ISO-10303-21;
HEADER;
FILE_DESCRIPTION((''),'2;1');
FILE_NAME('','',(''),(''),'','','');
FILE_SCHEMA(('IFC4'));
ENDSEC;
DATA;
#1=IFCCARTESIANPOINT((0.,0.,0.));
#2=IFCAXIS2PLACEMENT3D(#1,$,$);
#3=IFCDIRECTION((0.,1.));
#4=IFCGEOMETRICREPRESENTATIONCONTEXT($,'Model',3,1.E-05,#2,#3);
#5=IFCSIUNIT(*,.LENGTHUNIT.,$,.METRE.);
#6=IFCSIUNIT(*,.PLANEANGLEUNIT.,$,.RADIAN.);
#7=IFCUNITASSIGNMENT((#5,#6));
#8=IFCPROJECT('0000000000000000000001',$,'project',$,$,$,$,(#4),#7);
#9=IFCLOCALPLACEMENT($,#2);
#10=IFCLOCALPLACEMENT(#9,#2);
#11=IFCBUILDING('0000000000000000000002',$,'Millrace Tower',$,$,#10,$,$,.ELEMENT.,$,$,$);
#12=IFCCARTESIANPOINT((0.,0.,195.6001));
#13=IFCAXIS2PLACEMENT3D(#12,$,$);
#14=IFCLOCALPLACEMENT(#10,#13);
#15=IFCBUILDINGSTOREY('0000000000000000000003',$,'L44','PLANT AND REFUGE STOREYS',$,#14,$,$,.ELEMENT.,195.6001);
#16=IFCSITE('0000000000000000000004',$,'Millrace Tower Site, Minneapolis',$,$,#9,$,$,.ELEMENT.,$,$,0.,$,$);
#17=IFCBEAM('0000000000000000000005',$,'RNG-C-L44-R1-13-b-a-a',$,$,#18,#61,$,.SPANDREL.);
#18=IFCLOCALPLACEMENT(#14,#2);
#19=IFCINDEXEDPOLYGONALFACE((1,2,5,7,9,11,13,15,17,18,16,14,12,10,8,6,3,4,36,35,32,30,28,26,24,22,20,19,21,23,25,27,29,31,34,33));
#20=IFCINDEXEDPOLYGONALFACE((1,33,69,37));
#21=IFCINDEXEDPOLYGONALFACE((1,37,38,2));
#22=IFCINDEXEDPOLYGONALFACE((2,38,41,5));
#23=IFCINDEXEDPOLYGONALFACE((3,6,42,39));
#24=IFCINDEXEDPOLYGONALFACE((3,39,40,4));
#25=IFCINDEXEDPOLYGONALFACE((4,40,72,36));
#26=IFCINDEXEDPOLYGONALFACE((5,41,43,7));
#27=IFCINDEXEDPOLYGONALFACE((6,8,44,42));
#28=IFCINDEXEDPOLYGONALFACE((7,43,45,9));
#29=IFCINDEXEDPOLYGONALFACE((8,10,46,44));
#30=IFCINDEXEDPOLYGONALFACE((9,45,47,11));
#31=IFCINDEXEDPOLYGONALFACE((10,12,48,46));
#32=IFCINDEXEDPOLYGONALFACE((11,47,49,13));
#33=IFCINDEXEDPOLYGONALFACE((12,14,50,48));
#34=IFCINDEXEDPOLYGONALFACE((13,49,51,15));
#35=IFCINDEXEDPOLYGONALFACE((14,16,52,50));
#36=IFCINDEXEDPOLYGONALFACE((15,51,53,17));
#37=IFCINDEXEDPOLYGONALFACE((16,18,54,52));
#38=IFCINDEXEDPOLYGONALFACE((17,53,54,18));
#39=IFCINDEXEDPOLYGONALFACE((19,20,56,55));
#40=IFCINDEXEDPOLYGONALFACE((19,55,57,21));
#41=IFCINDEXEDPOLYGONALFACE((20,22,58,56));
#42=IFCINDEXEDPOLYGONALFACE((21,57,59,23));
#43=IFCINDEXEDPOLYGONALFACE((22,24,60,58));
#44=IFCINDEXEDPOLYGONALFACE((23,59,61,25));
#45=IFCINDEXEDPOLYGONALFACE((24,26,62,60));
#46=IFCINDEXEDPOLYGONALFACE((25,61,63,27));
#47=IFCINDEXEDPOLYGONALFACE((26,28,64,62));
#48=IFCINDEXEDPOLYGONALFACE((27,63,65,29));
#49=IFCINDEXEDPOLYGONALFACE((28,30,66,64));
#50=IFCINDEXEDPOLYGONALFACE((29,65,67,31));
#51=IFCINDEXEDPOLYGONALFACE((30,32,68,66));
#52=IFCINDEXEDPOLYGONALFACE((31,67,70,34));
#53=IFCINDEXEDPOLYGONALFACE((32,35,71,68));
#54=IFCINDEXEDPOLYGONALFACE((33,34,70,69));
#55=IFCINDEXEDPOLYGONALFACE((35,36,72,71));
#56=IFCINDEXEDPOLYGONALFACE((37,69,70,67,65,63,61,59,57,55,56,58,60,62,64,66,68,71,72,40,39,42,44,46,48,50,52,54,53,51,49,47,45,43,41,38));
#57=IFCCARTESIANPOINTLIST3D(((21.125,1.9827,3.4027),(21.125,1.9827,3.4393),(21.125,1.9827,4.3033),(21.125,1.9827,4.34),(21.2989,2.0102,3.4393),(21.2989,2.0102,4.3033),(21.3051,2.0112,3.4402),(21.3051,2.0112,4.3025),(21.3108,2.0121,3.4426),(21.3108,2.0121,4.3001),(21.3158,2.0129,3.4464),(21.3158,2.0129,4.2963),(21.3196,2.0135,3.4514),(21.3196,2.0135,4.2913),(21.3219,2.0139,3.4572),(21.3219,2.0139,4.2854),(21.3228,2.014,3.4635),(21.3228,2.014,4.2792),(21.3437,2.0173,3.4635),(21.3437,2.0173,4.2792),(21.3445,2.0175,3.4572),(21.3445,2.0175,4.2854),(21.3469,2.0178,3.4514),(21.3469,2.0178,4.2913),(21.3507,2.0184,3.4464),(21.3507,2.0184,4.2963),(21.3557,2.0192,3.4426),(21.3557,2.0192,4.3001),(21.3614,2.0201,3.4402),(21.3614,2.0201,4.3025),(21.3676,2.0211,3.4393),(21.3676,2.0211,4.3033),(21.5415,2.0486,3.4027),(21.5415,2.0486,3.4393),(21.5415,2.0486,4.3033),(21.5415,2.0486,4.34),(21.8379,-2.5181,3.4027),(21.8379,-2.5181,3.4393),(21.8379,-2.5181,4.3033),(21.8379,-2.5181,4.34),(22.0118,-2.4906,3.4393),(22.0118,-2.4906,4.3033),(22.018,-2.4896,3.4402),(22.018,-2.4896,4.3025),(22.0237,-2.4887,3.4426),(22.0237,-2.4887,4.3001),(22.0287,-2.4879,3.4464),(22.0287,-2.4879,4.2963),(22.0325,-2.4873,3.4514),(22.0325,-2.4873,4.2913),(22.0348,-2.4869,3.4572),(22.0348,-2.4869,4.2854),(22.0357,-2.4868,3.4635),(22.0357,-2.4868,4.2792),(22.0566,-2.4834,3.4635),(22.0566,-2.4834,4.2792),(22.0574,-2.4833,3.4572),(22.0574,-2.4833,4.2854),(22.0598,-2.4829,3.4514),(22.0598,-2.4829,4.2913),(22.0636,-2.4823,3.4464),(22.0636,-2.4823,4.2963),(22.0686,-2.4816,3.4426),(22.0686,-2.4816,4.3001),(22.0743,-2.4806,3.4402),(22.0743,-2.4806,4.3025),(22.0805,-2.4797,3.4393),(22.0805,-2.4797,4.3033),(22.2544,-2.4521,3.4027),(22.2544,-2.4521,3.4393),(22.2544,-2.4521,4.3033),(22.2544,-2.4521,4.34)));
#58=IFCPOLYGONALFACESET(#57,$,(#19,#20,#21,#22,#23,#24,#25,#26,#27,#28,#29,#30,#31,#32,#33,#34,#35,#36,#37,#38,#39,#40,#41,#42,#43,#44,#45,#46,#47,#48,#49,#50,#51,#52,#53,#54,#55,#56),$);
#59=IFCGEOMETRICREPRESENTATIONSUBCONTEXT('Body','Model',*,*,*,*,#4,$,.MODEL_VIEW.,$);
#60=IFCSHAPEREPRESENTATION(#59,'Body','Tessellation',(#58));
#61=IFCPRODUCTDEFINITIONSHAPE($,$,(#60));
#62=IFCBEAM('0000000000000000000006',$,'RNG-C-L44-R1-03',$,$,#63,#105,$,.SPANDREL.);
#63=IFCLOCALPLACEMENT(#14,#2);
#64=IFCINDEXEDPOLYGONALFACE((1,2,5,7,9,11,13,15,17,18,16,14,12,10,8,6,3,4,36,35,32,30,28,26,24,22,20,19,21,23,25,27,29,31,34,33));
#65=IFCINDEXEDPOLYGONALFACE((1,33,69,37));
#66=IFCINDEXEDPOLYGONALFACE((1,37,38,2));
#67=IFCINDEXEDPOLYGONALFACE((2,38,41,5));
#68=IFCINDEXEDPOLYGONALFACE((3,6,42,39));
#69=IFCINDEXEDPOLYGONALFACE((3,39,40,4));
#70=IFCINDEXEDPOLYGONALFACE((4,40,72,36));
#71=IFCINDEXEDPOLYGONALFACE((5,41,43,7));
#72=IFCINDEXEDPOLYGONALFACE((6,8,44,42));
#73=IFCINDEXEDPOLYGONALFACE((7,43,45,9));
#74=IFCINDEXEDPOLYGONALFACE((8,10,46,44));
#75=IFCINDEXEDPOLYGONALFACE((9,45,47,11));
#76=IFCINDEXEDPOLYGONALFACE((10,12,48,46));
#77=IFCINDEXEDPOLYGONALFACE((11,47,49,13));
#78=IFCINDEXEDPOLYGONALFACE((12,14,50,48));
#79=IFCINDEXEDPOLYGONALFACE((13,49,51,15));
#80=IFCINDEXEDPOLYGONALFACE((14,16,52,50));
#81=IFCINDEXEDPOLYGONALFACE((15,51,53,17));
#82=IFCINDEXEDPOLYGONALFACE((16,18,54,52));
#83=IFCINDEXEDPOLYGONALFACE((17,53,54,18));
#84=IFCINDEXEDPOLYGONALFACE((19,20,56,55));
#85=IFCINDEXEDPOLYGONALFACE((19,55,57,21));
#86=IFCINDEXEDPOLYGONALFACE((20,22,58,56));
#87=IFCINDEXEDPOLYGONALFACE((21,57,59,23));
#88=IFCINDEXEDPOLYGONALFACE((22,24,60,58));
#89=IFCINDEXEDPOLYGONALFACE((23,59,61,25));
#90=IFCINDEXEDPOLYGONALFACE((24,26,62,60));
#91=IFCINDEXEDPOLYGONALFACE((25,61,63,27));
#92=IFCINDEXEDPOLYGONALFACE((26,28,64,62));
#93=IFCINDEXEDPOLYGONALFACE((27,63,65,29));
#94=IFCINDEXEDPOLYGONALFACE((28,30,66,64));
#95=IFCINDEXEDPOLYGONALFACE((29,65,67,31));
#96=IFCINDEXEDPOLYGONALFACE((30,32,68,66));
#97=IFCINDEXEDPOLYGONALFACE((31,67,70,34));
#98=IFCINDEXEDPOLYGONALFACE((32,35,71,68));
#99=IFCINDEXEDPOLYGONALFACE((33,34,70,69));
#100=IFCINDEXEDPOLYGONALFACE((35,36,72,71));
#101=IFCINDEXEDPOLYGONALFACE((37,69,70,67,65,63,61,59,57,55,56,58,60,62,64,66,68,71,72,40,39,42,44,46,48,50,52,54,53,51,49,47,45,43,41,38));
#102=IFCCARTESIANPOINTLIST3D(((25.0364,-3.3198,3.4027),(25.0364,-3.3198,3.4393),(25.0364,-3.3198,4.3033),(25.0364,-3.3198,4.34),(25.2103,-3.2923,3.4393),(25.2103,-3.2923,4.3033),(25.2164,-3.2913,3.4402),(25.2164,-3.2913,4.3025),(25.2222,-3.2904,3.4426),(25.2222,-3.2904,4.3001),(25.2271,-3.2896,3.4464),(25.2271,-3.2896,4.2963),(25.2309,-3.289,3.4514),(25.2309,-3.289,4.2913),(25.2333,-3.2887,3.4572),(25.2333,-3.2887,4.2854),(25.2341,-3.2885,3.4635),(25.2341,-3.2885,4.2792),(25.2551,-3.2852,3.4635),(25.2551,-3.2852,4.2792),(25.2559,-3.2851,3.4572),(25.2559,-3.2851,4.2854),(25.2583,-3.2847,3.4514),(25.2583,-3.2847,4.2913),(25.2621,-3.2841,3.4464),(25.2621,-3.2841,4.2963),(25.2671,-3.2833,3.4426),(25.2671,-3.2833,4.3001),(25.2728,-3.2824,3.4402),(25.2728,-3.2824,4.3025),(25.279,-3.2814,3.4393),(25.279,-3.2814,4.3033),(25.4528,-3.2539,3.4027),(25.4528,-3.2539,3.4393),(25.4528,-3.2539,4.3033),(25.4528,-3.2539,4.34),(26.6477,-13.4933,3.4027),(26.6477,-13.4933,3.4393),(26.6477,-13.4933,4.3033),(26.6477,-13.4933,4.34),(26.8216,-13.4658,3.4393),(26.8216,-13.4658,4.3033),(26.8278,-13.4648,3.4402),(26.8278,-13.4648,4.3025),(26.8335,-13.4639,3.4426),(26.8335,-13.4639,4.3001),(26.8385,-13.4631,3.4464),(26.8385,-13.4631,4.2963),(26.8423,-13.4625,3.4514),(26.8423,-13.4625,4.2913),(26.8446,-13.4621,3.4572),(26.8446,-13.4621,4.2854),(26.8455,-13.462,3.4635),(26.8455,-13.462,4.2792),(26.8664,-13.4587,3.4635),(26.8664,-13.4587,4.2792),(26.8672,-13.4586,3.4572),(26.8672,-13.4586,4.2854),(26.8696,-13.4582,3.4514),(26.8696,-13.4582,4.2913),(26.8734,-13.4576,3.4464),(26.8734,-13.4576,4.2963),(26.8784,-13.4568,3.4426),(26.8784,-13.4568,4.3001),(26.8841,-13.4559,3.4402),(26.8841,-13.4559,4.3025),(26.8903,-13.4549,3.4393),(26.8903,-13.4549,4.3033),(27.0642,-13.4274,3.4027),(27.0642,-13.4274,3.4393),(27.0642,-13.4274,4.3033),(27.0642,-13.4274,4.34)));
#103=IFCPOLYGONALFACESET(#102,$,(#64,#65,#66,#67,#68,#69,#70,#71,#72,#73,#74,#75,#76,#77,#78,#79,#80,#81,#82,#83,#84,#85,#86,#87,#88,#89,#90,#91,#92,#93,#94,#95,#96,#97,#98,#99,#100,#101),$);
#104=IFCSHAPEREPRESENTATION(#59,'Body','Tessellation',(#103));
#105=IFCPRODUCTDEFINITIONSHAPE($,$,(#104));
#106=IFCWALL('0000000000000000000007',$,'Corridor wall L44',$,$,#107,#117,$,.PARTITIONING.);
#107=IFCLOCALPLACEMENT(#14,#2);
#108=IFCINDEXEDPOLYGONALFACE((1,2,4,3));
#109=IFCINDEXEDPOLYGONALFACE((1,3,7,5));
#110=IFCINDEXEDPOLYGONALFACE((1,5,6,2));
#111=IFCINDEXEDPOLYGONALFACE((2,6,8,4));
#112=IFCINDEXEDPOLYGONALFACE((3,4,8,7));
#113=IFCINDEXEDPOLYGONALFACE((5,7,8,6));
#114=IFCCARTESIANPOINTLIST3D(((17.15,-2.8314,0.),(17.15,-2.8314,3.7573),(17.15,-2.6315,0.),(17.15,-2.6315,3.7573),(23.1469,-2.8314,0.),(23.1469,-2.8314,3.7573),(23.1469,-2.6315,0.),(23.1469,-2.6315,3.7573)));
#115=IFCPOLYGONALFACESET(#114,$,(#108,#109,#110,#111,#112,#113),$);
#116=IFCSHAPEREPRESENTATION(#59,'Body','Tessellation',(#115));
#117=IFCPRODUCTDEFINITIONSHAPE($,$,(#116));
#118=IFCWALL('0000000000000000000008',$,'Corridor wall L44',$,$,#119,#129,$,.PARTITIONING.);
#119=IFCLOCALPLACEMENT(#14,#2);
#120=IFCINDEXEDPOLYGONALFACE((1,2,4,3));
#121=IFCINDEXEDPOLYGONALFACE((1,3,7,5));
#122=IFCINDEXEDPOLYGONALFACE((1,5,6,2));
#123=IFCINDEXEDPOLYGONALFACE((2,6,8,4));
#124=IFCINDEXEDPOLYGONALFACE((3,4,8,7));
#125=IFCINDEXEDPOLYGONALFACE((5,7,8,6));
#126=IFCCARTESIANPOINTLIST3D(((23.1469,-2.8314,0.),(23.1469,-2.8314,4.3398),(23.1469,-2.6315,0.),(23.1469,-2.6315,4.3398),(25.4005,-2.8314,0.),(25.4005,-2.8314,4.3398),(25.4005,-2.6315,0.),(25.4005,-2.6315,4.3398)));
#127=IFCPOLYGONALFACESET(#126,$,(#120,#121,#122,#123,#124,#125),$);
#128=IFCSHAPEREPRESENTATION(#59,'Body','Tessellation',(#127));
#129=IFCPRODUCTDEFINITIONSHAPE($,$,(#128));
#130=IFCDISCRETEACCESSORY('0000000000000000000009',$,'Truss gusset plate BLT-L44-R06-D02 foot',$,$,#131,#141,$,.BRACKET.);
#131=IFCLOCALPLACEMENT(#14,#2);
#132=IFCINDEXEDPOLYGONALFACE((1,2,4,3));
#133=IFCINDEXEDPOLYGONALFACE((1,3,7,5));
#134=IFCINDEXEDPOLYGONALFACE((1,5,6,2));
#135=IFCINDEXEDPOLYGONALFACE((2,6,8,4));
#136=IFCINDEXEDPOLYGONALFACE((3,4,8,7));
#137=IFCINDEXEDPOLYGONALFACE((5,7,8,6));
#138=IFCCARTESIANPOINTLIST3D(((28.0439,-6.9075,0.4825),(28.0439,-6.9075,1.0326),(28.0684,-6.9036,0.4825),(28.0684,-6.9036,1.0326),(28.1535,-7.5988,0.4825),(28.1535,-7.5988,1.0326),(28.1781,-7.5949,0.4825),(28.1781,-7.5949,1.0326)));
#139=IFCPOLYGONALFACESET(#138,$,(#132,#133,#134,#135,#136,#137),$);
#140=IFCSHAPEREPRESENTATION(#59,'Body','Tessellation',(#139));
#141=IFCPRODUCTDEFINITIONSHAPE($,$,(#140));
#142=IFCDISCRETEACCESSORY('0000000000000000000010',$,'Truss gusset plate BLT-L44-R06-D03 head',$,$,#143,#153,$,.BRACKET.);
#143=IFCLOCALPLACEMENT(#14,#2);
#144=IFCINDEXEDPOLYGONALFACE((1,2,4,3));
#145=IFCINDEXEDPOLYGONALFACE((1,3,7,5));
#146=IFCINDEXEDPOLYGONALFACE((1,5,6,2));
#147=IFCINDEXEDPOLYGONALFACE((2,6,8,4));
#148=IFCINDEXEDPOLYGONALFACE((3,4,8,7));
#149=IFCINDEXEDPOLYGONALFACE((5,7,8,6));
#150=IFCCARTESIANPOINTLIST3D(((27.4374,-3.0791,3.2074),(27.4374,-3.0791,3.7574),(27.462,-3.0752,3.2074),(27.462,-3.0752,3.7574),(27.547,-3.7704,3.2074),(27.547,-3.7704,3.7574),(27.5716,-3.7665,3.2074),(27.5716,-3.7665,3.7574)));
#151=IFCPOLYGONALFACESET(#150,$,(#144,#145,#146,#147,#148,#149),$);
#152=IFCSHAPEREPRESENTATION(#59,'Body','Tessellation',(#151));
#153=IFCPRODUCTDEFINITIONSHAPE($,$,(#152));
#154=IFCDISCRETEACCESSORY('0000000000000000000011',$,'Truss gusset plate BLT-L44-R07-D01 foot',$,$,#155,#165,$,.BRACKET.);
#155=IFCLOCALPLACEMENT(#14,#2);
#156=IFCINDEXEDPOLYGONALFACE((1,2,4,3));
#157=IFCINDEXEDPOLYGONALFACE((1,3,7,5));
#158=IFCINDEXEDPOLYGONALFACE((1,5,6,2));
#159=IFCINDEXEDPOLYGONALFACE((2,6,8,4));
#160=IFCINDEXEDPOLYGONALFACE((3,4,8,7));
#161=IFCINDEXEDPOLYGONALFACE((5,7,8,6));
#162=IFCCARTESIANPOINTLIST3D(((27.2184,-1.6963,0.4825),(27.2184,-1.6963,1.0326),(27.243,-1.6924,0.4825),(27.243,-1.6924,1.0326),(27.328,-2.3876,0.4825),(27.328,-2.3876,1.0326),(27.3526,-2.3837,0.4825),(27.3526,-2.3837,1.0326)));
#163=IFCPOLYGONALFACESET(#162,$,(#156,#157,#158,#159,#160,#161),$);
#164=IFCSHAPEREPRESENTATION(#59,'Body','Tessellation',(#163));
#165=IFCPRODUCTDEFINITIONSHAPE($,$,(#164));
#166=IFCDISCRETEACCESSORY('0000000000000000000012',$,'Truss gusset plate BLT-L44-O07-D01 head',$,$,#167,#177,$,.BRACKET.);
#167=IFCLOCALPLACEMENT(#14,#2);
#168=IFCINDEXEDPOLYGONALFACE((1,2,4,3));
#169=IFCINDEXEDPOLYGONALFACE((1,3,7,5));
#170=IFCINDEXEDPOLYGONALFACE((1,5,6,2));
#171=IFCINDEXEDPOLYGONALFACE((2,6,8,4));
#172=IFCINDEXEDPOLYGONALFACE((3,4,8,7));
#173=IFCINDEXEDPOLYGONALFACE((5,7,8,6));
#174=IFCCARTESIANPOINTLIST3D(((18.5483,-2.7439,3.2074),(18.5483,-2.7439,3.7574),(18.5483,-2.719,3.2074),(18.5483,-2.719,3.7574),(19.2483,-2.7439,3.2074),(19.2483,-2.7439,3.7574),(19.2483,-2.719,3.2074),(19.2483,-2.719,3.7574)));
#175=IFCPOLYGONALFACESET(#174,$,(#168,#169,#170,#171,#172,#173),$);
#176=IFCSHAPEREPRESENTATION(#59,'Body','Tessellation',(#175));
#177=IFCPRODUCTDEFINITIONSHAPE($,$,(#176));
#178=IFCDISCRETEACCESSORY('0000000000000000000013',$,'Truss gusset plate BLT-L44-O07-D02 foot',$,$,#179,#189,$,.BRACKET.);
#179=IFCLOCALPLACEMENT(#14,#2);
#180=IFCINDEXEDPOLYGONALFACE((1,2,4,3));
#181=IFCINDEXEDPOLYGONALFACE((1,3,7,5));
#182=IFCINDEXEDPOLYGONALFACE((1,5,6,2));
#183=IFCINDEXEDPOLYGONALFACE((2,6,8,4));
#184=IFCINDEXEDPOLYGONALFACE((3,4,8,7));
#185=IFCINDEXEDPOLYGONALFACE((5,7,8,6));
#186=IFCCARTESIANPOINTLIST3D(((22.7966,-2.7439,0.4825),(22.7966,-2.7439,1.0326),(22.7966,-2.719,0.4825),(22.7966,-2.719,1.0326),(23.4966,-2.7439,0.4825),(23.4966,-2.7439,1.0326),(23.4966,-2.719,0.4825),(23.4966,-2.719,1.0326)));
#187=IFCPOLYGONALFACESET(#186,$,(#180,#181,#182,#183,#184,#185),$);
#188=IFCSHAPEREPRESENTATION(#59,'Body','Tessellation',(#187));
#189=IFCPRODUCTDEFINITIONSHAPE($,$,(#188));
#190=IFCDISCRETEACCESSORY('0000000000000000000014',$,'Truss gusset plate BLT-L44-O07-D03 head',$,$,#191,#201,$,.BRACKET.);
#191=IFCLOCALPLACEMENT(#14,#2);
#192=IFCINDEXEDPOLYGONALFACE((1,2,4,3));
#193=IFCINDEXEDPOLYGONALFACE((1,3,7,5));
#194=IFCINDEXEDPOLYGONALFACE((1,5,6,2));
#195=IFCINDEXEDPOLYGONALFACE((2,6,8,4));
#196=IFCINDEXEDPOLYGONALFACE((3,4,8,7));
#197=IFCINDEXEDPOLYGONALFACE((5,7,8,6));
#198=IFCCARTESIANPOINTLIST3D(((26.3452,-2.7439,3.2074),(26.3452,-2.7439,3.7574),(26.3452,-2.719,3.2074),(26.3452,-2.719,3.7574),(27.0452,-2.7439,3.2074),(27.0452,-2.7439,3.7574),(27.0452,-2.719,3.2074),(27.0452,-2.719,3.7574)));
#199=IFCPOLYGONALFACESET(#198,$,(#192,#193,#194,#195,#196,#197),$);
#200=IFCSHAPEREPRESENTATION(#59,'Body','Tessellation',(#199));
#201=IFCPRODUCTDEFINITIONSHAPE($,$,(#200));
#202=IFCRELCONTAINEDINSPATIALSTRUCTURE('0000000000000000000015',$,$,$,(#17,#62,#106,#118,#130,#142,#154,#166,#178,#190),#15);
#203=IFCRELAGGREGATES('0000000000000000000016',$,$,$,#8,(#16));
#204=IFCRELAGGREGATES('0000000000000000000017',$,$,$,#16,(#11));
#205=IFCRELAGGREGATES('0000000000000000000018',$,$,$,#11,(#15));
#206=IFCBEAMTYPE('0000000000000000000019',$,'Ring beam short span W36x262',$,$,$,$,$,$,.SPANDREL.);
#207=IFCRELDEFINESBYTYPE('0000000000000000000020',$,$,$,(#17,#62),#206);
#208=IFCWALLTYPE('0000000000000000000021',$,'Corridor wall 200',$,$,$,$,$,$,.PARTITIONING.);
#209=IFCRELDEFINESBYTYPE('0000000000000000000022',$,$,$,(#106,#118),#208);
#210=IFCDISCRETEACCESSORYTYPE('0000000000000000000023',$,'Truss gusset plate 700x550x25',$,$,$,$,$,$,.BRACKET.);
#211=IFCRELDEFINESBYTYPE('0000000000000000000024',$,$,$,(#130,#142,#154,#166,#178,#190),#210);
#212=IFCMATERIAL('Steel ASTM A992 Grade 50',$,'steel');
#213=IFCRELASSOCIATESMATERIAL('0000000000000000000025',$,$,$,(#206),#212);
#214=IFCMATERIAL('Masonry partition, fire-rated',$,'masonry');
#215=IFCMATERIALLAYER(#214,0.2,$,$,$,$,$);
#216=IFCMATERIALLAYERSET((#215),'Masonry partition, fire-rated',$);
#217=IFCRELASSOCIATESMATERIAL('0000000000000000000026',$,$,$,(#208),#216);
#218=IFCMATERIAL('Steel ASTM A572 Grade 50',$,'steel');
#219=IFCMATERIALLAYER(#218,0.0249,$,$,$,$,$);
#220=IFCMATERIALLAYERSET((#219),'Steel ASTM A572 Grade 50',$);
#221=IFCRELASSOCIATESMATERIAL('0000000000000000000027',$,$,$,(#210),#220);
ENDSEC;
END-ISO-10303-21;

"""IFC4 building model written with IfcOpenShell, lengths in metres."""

from ifc_helpers import new_model, si_unit, direction, frame, frame_2d, origin, origin_2d, place, context, subcontext, project, spatial, rectangle, i_section, extrude, material, layer, layer_set, material_profile, profile_set, type_object, element, save


model = new_model("IFC4")

# Units and contexts
model_context = context("Model", 3, precision=1e-05, world=origin(), true_north=direction((0.0, 1.0)))
body_context = subcontext(model_context, "Body", "Model", "MODEL_VIEW")
ifc_project = project(units=[si_unit("LENGTHUNIT", "METRE"), si_unit("PLANEANGLEUNIT", "RADIAN")], contexts=[model_context])

# Site, building, storey
site_placement = place(None, origin())
site = spatial("IfcSite", under=ifc_project, at=site_placement, Name="Millrace Tower Site, Minneapolis", CompositionType="ELEMENT", RefElevation=0.0)
building_placement = place(site_placement, origin())
building = spatial("IfcBuilding", under=site, at=building_placement, Name="Millrace Tower", CompositionType="ELEMENT")
storey_placement = place(building_placement, frame((0.0, 0.0, 195.6001)))
storey = spatial("IfcBuildingStorey", under=building, at=storey_placement, Name="L44", Description="PLANT AND REFUGE STOREYS", CompositionType="ELEMENT", Elevation=195.6001)

# Beams
ifc_material_1 = material(Name="Steel ASTM A992 Grade 50", Category="steel")
ifc_material_profile_1 = material_profile(ifc_material_1, i_section(OverallWidth=0.4216, OverallDepth=0.9373, WebThickness=0.0212, FlangeThickness=0.0366, FilletRadius=0.0242, at=origin_2d()))
ifc_profile_set_1 = profile_set([ifc_material_profile_1], Name="Steel ASTM A992 Grade 50")
beam_type_1 = type_object("IfcBeamType", Name="Ring beam short span W36x262", PredefinedType="SPANDREL", material=ifc_profile_set_1)
beam_1_placement = place(storey_placement, frame((22.0461, -2.4851, 3.8713), z_axis=(-0.156444, 0.987687, 0.0), x_axis=(-0.987687, -0.156444, 0.0)))
element("IfcBeam", 1, at=beam_1_placement, inside=storey, type_object=beam_type_1, Name="RNG-C-L44-R1-13-b-a-a", PredefinedType="SPANDREL", context=body_context, shape_type="SweptSolid", body=[
    extrude(i_section(OverallWidth=0.4216, OverallDepth=0.9373, WebThickness=0.0212, FlangeThickness=0.0366, FilletRadius=0.0242, at=origin_2d()), origin(), (0.0, 0.0, 1.0), 4.5569),
])
beam_2_placement = place(storey_placement, frame((25.2446, -3.2869, 3.8713), z_axis=(0.156434, -0.987688, 0.0), x_axis=(0.987688, 0.156434, 0.0)))
element("IfcBeam", 2, at=beam_2_placement, inside=storey, type_object=beam_type_1, Name="RNG-C-L44-R1-03", PredefinedType="SPANDREL", context=body_context, shape_type="SweptSolid", body=[
    extrude(i_section(OverallWidth=0.4216, OverallDepth=0.9373, WebThickness=0.0212, FlangeThickness=0.0366, FilletRadius=0.0242, at=origin_2d()), origin(), (0.0, 0.0, 1.0), 10.3003),
])

# Walls
ifc_material_2 = material(Name="Masonry partition, fire-rated", Category="masonry")
ifc_layer_1 = layer(ifc_material_2, 0.2)
ifc_layer_set_1 = layer_set([ifc_layer_1], Name="Masonry partition, fire-rated")
wall_type = type_object("IfcWallType", Name="Corridor wall 200", PredefinedType="PARTITIONING", material=ifc_layer_set_1)
wall_1_placement = place(storey_placement, frame((17.1499, -2.7314, 0.0), z_axis=(0.0, 0.0, 1.0), x_axis=(1.0, 0.0, 0.0)))
element("IfcWall", 3, at=wall_1_placement, inside=storey, type_object=wall_type, Name="Corridor wall L44", PredefinedType="PARTITIONING", context=body_context, shape_type="SweptSolid", body=[
    extrude(rectangle(XDim=5.9968, YDim=0.2, at=frame_2d((2.9985, 0.0))), origin(), (0.0, 0.0, 1.0), 3.7573),
])
wall_2_placement = place(storey_placement, frame((23.1467, -2.7314, 0.0), z_axis=(0.0, 0.0, 1.0), x_axis=(1.0, 0.0, 0.0)))
element("IfcWall", 4, at=wall_2_placement, inside=storey, type_object=wall_type, Name="Corridor wall L44", PredefinedType="PARTITIONING", context=body_context, shape_type="SweptSolid", body=[
    extrude(rectangle(XDim=2.2537, YDim=0.2, at=frame_2d((1.127, 0.0))), origin(), (0.0, 0.0, 1.0), 4.3398),
])

# Discrete accessories
ifc_material_3 = material(Name="Steel ASTM A572 Grade 50", Category="steel")
ifc_layer_2 = layer(ifc_material_3, 0.0249)
ifc_layer_set_2 = layer_set([ifc_layer_2], Name="Steel ASTM A572 Grade 50")
discrete_accessory_type = type_object("IfcDiscreteAccessoryType", Name="Truss gusset plate 700x550x25", PredefinedType="BRACKET", material=ifc_layer_set_2)
for number, where, z_axis, x_axis, name in (
    (5, (28.0562, -6.9055, 0.7576), (0.156589, -0.987664, 0.0), (0.987664, 0.156589, 0.0), "Truss gusset plate BLT-L44-R06-D02 foot"),
    (6, (27.4497, -3.0771, 3.4824), (0.156589, -0.987664, 0.0), (0.987664, 0.156589, 0.0), "Truss gusset plate BLT-L44-R06-D03 head"),
    (7, (27.2307, -1.6943, 0.7576), (0.156589, -0.987664, 0.0), (0.987664, 0.156589, 0.0), "Truss gusset plate BLT-L44-R07-D01 foot"),
    (8, (18.5483, -2.7314, 3.4824), (1.0, 0.0, 0.0), (0.0, 1.0, 0.0), "Truss gusset plate BLT-L44-O07-D01 head"),
    (9, (22.7966, -2.7314, 0.7576), (1.0, 0.0, 0.0), (0.0, 1.0, 0.0), "Truss gusset plate BLT-L44-O07-D02 foot"),
    (10, (26.3452, -2.7314, 3.4824), (1.0, 0.0, 0.0), (0.0, 1.0, 0.0), "Truss gusset plate BLT-L44-O07-D03 head"),
):
    element("IfcDiscreteAccessory", number, at=place(storey_placement, frame(where, z_axis=z_axis, x_axis=x_axis)), inside=storey, type_object=discrete_accessory_type, Name=name, PredefinedType="BRACKET", context=body_context, shape_type="SweptSolid", body=[
        extrude(rectangle(XDim=0.0249, YDim=0.55, at=origin_2d()), origin(), (0.0, 0.0, 1.0), 0.7),
    ])

save(model, "model.ifc")
